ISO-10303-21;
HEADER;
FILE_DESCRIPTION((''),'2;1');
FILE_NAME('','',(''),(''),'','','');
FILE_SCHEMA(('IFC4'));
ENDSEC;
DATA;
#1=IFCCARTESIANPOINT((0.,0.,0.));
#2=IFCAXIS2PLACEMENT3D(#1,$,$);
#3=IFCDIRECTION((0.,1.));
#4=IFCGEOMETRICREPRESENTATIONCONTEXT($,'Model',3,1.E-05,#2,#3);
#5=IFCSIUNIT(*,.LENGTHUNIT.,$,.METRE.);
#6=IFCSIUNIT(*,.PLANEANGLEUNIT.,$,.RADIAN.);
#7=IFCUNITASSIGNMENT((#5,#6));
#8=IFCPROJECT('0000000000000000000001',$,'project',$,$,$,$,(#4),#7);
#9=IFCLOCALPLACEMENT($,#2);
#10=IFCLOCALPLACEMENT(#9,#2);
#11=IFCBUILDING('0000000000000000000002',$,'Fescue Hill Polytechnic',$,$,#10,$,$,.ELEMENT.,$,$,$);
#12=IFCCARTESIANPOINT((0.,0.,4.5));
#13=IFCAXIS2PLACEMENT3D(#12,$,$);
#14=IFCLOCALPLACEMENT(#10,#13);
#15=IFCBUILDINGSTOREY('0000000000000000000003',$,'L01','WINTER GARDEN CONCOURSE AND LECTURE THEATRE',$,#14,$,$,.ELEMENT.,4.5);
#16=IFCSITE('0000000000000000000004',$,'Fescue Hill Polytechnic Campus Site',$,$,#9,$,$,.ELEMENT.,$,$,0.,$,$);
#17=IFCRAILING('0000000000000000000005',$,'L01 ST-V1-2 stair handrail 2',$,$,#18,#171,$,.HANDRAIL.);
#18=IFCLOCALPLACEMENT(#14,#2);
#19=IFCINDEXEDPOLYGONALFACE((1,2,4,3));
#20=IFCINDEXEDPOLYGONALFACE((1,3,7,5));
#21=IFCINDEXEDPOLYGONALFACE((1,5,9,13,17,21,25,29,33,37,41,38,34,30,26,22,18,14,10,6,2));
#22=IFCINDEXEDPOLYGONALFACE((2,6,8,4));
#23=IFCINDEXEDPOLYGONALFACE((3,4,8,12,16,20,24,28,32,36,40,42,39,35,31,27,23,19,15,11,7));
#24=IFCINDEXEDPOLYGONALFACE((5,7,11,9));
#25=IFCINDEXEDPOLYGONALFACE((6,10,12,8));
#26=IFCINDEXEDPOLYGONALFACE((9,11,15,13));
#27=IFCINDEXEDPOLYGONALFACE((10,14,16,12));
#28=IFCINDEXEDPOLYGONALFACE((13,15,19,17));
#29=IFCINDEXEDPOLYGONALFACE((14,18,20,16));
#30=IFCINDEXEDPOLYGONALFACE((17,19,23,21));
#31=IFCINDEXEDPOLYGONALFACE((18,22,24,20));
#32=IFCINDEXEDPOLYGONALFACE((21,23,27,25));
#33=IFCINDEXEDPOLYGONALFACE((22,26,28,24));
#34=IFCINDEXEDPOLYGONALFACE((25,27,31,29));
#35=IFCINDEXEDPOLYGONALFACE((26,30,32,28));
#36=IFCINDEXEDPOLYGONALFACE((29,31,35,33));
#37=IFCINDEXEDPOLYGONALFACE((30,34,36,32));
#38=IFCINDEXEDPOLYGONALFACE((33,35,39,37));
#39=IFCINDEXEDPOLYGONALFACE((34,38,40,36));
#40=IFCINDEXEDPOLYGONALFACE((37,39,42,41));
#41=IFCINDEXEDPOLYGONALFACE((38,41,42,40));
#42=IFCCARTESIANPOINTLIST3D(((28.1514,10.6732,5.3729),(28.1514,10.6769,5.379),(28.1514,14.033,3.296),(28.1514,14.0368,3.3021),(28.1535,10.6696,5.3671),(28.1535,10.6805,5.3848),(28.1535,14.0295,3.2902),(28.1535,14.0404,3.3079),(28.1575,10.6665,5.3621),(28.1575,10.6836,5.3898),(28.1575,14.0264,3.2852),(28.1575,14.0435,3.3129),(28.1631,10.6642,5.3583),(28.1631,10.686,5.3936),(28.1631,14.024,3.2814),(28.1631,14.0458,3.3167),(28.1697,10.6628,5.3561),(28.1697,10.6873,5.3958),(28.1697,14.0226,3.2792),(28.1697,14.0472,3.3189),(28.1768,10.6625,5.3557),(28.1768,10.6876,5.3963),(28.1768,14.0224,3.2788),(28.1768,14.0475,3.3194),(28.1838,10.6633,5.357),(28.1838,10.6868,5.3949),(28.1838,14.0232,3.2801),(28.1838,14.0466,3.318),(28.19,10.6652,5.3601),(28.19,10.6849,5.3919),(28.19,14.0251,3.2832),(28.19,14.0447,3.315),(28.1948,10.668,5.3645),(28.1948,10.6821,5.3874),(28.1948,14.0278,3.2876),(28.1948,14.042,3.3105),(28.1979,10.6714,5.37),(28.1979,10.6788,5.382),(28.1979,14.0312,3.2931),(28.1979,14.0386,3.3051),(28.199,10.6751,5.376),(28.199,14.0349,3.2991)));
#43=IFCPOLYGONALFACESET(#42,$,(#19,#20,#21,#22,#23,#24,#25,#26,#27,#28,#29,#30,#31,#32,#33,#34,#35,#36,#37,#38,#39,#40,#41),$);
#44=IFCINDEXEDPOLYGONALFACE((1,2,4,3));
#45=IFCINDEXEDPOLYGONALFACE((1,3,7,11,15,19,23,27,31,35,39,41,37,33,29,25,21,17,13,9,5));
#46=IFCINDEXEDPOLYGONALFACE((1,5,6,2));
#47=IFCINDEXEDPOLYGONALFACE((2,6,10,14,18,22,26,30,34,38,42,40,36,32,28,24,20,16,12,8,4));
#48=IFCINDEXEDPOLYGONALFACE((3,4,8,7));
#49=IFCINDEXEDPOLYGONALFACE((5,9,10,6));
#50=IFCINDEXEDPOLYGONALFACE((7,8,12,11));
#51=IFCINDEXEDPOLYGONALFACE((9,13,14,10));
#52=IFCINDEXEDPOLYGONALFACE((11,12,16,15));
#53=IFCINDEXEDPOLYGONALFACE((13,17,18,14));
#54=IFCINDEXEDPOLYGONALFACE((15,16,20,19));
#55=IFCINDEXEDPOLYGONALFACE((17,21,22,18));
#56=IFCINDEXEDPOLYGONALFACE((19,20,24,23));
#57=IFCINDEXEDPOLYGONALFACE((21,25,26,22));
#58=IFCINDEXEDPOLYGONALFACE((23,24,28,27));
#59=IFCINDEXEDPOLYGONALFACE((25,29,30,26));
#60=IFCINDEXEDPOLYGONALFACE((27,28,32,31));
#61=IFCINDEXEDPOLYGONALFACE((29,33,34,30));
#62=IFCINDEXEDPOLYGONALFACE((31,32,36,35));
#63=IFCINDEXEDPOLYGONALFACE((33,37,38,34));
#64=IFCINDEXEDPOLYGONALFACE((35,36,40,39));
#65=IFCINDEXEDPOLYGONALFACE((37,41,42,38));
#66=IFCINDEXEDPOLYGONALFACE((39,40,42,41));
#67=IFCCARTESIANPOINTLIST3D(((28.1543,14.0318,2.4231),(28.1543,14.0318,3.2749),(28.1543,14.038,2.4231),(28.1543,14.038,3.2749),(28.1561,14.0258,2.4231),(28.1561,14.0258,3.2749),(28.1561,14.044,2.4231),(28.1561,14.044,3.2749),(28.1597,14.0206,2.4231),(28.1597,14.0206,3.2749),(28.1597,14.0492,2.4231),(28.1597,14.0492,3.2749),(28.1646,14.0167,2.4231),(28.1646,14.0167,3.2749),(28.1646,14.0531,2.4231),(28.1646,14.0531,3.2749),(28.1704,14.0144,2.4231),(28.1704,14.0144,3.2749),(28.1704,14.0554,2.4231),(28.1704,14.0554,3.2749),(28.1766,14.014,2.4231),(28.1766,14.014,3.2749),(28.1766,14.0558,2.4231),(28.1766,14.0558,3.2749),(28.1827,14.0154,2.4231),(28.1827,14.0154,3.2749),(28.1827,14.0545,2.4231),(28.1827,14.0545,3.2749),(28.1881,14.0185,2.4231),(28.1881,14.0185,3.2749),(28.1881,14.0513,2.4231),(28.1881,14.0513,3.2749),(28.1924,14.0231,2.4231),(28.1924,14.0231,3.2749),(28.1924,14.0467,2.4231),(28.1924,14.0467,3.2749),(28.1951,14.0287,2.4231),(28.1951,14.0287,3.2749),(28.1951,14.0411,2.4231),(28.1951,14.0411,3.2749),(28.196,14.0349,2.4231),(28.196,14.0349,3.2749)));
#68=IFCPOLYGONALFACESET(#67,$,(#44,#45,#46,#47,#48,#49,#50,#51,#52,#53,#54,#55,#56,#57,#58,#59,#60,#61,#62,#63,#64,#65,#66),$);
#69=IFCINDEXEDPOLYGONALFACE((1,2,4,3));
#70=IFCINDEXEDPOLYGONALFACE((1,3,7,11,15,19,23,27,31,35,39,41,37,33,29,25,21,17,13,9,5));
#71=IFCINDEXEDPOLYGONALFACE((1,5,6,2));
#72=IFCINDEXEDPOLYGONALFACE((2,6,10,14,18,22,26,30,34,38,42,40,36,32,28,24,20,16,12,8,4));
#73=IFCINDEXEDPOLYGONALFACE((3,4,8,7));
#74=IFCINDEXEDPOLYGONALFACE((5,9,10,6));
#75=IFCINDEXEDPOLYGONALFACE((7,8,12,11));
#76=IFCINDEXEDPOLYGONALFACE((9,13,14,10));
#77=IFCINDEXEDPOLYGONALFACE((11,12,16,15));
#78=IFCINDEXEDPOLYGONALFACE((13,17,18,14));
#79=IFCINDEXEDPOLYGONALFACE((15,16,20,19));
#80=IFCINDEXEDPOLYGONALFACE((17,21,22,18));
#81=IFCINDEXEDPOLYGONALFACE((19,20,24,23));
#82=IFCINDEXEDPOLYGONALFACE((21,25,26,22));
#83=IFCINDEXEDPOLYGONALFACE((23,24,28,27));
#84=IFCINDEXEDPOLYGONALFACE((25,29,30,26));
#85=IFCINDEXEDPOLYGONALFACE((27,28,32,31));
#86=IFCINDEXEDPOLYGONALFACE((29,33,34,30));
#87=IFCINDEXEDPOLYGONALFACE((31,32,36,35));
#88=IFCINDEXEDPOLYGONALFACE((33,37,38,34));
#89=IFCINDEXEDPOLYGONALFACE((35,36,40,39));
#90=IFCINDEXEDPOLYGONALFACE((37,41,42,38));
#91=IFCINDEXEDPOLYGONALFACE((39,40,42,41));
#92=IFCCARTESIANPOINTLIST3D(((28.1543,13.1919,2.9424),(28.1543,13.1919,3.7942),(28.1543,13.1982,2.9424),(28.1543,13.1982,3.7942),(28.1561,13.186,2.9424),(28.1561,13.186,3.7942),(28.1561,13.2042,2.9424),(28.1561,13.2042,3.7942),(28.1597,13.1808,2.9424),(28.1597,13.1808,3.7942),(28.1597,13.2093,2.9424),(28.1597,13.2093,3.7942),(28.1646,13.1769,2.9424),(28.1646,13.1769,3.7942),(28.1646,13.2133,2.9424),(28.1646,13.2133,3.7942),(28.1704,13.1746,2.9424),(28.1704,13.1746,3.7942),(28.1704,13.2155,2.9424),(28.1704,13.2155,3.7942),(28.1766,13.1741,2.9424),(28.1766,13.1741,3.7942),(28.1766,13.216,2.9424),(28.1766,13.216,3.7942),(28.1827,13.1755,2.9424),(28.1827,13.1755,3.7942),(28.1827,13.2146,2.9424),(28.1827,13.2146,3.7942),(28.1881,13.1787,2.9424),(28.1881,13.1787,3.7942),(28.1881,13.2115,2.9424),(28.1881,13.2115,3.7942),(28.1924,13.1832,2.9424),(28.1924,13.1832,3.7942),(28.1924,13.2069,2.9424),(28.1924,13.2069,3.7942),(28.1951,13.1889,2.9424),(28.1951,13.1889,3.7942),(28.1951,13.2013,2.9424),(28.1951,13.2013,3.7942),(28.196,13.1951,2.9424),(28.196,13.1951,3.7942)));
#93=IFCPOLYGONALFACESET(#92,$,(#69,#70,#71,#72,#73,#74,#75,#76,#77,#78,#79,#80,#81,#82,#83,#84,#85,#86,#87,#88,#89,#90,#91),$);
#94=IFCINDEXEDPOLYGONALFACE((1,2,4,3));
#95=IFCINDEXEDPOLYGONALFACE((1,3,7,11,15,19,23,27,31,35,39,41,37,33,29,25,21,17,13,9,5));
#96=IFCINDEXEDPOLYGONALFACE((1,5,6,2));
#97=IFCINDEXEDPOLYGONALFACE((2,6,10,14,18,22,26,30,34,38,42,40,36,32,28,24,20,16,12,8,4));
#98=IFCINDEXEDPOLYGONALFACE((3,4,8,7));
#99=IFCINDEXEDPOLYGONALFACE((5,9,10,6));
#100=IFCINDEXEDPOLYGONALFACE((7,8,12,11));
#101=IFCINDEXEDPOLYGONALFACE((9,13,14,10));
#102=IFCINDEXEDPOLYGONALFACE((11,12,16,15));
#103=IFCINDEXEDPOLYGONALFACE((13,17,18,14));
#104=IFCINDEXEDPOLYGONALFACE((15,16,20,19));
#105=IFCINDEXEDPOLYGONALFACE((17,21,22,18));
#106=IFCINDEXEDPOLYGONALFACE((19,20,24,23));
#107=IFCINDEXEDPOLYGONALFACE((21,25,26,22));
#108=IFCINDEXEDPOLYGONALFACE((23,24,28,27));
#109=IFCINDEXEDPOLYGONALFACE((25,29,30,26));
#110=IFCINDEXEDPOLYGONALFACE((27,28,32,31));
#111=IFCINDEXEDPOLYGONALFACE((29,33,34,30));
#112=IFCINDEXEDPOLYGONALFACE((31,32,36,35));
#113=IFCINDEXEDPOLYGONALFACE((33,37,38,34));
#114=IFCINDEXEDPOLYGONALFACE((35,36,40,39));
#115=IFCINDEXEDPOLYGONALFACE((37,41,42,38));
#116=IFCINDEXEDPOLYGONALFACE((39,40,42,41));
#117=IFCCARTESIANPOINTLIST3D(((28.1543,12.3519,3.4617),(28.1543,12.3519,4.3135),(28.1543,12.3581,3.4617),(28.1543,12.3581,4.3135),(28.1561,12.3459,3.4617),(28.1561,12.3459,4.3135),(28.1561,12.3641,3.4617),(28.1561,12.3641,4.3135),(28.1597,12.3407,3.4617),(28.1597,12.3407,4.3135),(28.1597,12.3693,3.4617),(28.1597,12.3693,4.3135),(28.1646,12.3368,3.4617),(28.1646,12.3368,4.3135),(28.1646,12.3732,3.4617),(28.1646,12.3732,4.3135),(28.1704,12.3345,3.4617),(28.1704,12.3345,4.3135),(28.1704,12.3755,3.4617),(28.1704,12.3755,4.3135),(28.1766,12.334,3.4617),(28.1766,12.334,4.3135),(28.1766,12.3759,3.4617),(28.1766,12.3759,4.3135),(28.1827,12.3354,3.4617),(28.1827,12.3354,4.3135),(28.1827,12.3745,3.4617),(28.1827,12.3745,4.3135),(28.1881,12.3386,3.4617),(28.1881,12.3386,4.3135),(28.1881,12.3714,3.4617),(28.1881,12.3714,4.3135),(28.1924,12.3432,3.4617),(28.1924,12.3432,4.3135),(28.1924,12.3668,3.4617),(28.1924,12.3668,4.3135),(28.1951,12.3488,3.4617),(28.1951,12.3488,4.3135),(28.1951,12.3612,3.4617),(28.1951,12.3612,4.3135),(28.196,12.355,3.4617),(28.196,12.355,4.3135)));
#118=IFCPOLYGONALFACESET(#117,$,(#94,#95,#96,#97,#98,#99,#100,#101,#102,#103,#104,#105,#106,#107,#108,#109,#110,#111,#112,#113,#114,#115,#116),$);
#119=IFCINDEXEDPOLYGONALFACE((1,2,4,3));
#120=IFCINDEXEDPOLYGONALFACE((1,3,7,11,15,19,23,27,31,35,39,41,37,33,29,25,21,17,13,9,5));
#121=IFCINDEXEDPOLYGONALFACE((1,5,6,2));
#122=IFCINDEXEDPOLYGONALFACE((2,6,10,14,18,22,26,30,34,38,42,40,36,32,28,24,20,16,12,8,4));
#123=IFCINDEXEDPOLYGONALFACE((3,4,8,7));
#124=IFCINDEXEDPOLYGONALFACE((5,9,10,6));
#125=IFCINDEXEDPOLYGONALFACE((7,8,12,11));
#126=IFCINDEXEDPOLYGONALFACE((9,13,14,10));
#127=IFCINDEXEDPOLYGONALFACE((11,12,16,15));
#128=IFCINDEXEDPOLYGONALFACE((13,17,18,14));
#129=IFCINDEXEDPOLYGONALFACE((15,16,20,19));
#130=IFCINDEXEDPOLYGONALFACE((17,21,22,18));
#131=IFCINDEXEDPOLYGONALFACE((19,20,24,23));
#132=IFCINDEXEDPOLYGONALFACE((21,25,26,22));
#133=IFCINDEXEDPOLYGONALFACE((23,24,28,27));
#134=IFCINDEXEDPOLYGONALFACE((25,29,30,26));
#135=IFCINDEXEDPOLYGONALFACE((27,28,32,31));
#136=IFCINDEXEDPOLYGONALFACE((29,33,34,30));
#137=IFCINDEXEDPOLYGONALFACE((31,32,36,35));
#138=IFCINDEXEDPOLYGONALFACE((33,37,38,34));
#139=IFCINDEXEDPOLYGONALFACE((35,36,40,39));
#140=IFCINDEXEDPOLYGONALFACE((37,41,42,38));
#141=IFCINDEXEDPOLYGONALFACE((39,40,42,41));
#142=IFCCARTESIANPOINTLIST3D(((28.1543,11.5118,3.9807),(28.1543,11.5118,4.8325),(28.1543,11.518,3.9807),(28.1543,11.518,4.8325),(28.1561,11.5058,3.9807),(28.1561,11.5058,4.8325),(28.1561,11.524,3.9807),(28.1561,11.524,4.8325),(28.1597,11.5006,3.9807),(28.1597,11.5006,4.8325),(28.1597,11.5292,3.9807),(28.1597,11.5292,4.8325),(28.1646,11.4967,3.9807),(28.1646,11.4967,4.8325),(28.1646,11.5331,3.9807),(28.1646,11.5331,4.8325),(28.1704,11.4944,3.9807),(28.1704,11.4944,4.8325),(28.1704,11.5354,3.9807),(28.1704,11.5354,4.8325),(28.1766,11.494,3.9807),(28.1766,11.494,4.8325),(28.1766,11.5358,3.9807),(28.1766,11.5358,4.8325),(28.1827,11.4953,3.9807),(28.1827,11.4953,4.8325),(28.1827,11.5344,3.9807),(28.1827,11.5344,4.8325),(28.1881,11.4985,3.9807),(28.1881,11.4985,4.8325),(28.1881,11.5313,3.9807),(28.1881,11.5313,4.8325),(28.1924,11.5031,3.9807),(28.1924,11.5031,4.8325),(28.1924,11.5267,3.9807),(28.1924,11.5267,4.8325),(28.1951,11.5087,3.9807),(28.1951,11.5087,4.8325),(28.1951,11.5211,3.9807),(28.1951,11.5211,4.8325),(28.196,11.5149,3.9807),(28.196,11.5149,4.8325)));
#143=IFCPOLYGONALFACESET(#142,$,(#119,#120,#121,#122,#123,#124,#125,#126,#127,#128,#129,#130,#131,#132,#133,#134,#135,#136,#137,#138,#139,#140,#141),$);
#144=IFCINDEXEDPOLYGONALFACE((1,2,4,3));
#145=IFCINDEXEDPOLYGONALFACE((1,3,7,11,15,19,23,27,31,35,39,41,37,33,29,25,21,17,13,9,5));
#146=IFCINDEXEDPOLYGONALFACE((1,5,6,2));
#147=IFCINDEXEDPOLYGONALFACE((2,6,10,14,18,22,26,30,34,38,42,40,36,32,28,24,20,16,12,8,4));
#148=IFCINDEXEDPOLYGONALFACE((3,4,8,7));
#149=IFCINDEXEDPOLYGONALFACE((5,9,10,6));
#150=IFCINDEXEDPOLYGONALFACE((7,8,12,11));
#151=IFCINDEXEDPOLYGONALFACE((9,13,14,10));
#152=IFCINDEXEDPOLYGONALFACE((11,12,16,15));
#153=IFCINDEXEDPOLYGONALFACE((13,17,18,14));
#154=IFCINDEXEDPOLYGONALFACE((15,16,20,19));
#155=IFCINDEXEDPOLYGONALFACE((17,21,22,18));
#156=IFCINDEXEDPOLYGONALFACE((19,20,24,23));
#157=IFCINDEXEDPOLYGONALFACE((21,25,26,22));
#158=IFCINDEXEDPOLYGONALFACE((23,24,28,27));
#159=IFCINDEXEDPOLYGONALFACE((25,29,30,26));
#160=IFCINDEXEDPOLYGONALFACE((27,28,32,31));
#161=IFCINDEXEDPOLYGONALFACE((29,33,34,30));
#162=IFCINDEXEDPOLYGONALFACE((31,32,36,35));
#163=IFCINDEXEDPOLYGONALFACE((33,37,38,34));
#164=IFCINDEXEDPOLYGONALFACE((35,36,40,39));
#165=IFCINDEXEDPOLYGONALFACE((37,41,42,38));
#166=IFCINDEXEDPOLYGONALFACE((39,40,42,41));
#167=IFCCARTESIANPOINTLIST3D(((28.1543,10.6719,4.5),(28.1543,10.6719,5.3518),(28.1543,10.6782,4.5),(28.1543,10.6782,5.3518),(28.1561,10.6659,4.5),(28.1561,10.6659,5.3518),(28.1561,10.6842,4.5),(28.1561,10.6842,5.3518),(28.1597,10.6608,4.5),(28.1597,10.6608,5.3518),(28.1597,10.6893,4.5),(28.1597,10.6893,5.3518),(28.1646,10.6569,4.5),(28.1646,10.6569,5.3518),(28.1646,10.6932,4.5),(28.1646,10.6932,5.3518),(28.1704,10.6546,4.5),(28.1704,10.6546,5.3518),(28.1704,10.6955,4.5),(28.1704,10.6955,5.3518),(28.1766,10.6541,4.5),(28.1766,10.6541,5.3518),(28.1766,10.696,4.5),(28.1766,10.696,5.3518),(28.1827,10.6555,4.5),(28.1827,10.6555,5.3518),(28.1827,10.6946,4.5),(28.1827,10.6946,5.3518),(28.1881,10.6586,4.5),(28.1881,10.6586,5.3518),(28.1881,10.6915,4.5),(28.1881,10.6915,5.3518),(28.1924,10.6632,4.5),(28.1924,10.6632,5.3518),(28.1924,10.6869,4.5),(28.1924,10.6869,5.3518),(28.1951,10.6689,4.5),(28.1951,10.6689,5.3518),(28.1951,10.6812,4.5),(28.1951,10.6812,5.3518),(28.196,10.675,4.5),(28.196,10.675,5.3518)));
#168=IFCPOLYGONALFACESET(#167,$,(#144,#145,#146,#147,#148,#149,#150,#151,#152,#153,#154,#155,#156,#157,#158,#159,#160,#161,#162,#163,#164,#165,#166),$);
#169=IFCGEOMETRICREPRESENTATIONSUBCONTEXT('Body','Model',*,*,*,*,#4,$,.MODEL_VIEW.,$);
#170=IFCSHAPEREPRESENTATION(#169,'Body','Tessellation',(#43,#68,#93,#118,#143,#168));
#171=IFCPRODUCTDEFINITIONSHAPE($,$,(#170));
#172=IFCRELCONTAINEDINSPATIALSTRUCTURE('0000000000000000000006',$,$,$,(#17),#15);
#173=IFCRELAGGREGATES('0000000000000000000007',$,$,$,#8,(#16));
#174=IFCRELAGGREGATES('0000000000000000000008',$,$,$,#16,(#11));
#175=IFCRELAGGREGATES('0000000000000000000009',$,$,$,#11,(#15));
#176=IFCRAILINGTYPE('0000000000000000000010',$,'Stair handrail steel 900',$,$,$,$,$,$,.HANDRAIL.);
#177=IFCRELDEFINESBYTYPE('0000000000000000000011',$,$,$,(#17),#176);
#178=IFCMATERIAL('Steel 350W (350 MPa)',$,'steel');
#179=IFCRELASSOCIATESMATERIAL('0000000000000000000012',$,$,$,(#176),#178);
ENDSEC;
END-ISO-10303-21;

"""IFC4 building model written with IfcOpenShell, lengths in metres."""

from ifc_helpers import new_model, si_unit, direction, frame, origin, origin_2d, place, context, subcontext, project, spatial, circle, extrude, material, type_object, element, save


model = new_model("IFC4")

# Units and contexts
model_context = context("Model", 3, precision=1e-05, world=origin(), true_north=direction((0.0, 1.0)))
body_context = subcontext(model_context, "Body", "Model", "MODEL_VIEW")
ifc_project = project(units=[si_unit("LENGTHUNIT", "METRE"), si_unit("PLANEANGLEUNIT", "RADIAN")], contexts=[model_context])

# Site, building, storey
site_placement = place(None, origin())
site = spatial("IfcSite", under=ifc_project, at=site_placement, Name="Fescue Hill Polytechnic Campus Site", CompositionType="ELEMENT", RefElevation=0.0)
building_placement = place(site_placement, origin())
building = spatial("IfcBuilding", under=site, at=building_placement, Name="Fescue Hill Polytechnic", CompositionType="ELEMENT")
storey_placement = place(building_placement, frame((0.0, 0.0, 4.5)))
storey = spatial("IfcBuildingStorey", under=building, at=storey_placement, Name="L01", Description="WINTER GARDEN CONCOURSE AND LECTURE THEATRE", CompositionType="ELEMENT", Elevation=4.5)

# Shared definitions
ifc_material_1 = material(Name="Steel 350W (350 MPa)", Category="steel")

# Railing
railing_type_1 = type_object("IfcRailingType", Name="Stair handrail steel 900", PredefinedType="HANDRAIL", material=ifc_material_1)
railing_1_placement = place(storey_placement, frame((28.175, 14.0349, 2.4231)))
element("IfcRailing", 1, at=railing_1_placement, inside=storey, type_object=railing_type_1, Name="L01 ST-V1-2 stair handrail 2", PredefinedType="HANDRAIL", context=body_context, shape_type="SweptSolid", body=[
    extrude(circle(Radius=0.0239, at=origin_2d()), frame((0.0, 0.0, 0.876), z_axis=(0.0, -0.850606, 0.525803), x_axis=(1.0, 0.0, 0.0)), (0.0, 0.0, 1.0), 3.95),
    extrude(circle(Radius=0.021, at=origin_2d()), origin(), (0.0, 0.0, 1.0), 0.8518),
    extrude(circle(Radius=0.021, at=origin_2d()), frame((0.0, -0.8398, 0.5193)), (0.0, 0.0, 1.0), 0.8518),
    extrude(circle(Radius=0.021, at=origin_2d()), frame((0.0, -1.6799, 1.0386)), (0.0, 0.0, 1.0), 0.8518),
    extrude(circle(Radius=0.021, at=origin_2d()), frame((0.0, -2.52, 1.5576)), (0.0, 0.0, 1.0), 0.8518),
    extrude(circle(Radius=0.021, at=origin_2d()), frame((0.0, -3.3599, 2.0769)), (0.0, 0.0, 1.0), 0.8518),
])

save(model, "model.ifc")
